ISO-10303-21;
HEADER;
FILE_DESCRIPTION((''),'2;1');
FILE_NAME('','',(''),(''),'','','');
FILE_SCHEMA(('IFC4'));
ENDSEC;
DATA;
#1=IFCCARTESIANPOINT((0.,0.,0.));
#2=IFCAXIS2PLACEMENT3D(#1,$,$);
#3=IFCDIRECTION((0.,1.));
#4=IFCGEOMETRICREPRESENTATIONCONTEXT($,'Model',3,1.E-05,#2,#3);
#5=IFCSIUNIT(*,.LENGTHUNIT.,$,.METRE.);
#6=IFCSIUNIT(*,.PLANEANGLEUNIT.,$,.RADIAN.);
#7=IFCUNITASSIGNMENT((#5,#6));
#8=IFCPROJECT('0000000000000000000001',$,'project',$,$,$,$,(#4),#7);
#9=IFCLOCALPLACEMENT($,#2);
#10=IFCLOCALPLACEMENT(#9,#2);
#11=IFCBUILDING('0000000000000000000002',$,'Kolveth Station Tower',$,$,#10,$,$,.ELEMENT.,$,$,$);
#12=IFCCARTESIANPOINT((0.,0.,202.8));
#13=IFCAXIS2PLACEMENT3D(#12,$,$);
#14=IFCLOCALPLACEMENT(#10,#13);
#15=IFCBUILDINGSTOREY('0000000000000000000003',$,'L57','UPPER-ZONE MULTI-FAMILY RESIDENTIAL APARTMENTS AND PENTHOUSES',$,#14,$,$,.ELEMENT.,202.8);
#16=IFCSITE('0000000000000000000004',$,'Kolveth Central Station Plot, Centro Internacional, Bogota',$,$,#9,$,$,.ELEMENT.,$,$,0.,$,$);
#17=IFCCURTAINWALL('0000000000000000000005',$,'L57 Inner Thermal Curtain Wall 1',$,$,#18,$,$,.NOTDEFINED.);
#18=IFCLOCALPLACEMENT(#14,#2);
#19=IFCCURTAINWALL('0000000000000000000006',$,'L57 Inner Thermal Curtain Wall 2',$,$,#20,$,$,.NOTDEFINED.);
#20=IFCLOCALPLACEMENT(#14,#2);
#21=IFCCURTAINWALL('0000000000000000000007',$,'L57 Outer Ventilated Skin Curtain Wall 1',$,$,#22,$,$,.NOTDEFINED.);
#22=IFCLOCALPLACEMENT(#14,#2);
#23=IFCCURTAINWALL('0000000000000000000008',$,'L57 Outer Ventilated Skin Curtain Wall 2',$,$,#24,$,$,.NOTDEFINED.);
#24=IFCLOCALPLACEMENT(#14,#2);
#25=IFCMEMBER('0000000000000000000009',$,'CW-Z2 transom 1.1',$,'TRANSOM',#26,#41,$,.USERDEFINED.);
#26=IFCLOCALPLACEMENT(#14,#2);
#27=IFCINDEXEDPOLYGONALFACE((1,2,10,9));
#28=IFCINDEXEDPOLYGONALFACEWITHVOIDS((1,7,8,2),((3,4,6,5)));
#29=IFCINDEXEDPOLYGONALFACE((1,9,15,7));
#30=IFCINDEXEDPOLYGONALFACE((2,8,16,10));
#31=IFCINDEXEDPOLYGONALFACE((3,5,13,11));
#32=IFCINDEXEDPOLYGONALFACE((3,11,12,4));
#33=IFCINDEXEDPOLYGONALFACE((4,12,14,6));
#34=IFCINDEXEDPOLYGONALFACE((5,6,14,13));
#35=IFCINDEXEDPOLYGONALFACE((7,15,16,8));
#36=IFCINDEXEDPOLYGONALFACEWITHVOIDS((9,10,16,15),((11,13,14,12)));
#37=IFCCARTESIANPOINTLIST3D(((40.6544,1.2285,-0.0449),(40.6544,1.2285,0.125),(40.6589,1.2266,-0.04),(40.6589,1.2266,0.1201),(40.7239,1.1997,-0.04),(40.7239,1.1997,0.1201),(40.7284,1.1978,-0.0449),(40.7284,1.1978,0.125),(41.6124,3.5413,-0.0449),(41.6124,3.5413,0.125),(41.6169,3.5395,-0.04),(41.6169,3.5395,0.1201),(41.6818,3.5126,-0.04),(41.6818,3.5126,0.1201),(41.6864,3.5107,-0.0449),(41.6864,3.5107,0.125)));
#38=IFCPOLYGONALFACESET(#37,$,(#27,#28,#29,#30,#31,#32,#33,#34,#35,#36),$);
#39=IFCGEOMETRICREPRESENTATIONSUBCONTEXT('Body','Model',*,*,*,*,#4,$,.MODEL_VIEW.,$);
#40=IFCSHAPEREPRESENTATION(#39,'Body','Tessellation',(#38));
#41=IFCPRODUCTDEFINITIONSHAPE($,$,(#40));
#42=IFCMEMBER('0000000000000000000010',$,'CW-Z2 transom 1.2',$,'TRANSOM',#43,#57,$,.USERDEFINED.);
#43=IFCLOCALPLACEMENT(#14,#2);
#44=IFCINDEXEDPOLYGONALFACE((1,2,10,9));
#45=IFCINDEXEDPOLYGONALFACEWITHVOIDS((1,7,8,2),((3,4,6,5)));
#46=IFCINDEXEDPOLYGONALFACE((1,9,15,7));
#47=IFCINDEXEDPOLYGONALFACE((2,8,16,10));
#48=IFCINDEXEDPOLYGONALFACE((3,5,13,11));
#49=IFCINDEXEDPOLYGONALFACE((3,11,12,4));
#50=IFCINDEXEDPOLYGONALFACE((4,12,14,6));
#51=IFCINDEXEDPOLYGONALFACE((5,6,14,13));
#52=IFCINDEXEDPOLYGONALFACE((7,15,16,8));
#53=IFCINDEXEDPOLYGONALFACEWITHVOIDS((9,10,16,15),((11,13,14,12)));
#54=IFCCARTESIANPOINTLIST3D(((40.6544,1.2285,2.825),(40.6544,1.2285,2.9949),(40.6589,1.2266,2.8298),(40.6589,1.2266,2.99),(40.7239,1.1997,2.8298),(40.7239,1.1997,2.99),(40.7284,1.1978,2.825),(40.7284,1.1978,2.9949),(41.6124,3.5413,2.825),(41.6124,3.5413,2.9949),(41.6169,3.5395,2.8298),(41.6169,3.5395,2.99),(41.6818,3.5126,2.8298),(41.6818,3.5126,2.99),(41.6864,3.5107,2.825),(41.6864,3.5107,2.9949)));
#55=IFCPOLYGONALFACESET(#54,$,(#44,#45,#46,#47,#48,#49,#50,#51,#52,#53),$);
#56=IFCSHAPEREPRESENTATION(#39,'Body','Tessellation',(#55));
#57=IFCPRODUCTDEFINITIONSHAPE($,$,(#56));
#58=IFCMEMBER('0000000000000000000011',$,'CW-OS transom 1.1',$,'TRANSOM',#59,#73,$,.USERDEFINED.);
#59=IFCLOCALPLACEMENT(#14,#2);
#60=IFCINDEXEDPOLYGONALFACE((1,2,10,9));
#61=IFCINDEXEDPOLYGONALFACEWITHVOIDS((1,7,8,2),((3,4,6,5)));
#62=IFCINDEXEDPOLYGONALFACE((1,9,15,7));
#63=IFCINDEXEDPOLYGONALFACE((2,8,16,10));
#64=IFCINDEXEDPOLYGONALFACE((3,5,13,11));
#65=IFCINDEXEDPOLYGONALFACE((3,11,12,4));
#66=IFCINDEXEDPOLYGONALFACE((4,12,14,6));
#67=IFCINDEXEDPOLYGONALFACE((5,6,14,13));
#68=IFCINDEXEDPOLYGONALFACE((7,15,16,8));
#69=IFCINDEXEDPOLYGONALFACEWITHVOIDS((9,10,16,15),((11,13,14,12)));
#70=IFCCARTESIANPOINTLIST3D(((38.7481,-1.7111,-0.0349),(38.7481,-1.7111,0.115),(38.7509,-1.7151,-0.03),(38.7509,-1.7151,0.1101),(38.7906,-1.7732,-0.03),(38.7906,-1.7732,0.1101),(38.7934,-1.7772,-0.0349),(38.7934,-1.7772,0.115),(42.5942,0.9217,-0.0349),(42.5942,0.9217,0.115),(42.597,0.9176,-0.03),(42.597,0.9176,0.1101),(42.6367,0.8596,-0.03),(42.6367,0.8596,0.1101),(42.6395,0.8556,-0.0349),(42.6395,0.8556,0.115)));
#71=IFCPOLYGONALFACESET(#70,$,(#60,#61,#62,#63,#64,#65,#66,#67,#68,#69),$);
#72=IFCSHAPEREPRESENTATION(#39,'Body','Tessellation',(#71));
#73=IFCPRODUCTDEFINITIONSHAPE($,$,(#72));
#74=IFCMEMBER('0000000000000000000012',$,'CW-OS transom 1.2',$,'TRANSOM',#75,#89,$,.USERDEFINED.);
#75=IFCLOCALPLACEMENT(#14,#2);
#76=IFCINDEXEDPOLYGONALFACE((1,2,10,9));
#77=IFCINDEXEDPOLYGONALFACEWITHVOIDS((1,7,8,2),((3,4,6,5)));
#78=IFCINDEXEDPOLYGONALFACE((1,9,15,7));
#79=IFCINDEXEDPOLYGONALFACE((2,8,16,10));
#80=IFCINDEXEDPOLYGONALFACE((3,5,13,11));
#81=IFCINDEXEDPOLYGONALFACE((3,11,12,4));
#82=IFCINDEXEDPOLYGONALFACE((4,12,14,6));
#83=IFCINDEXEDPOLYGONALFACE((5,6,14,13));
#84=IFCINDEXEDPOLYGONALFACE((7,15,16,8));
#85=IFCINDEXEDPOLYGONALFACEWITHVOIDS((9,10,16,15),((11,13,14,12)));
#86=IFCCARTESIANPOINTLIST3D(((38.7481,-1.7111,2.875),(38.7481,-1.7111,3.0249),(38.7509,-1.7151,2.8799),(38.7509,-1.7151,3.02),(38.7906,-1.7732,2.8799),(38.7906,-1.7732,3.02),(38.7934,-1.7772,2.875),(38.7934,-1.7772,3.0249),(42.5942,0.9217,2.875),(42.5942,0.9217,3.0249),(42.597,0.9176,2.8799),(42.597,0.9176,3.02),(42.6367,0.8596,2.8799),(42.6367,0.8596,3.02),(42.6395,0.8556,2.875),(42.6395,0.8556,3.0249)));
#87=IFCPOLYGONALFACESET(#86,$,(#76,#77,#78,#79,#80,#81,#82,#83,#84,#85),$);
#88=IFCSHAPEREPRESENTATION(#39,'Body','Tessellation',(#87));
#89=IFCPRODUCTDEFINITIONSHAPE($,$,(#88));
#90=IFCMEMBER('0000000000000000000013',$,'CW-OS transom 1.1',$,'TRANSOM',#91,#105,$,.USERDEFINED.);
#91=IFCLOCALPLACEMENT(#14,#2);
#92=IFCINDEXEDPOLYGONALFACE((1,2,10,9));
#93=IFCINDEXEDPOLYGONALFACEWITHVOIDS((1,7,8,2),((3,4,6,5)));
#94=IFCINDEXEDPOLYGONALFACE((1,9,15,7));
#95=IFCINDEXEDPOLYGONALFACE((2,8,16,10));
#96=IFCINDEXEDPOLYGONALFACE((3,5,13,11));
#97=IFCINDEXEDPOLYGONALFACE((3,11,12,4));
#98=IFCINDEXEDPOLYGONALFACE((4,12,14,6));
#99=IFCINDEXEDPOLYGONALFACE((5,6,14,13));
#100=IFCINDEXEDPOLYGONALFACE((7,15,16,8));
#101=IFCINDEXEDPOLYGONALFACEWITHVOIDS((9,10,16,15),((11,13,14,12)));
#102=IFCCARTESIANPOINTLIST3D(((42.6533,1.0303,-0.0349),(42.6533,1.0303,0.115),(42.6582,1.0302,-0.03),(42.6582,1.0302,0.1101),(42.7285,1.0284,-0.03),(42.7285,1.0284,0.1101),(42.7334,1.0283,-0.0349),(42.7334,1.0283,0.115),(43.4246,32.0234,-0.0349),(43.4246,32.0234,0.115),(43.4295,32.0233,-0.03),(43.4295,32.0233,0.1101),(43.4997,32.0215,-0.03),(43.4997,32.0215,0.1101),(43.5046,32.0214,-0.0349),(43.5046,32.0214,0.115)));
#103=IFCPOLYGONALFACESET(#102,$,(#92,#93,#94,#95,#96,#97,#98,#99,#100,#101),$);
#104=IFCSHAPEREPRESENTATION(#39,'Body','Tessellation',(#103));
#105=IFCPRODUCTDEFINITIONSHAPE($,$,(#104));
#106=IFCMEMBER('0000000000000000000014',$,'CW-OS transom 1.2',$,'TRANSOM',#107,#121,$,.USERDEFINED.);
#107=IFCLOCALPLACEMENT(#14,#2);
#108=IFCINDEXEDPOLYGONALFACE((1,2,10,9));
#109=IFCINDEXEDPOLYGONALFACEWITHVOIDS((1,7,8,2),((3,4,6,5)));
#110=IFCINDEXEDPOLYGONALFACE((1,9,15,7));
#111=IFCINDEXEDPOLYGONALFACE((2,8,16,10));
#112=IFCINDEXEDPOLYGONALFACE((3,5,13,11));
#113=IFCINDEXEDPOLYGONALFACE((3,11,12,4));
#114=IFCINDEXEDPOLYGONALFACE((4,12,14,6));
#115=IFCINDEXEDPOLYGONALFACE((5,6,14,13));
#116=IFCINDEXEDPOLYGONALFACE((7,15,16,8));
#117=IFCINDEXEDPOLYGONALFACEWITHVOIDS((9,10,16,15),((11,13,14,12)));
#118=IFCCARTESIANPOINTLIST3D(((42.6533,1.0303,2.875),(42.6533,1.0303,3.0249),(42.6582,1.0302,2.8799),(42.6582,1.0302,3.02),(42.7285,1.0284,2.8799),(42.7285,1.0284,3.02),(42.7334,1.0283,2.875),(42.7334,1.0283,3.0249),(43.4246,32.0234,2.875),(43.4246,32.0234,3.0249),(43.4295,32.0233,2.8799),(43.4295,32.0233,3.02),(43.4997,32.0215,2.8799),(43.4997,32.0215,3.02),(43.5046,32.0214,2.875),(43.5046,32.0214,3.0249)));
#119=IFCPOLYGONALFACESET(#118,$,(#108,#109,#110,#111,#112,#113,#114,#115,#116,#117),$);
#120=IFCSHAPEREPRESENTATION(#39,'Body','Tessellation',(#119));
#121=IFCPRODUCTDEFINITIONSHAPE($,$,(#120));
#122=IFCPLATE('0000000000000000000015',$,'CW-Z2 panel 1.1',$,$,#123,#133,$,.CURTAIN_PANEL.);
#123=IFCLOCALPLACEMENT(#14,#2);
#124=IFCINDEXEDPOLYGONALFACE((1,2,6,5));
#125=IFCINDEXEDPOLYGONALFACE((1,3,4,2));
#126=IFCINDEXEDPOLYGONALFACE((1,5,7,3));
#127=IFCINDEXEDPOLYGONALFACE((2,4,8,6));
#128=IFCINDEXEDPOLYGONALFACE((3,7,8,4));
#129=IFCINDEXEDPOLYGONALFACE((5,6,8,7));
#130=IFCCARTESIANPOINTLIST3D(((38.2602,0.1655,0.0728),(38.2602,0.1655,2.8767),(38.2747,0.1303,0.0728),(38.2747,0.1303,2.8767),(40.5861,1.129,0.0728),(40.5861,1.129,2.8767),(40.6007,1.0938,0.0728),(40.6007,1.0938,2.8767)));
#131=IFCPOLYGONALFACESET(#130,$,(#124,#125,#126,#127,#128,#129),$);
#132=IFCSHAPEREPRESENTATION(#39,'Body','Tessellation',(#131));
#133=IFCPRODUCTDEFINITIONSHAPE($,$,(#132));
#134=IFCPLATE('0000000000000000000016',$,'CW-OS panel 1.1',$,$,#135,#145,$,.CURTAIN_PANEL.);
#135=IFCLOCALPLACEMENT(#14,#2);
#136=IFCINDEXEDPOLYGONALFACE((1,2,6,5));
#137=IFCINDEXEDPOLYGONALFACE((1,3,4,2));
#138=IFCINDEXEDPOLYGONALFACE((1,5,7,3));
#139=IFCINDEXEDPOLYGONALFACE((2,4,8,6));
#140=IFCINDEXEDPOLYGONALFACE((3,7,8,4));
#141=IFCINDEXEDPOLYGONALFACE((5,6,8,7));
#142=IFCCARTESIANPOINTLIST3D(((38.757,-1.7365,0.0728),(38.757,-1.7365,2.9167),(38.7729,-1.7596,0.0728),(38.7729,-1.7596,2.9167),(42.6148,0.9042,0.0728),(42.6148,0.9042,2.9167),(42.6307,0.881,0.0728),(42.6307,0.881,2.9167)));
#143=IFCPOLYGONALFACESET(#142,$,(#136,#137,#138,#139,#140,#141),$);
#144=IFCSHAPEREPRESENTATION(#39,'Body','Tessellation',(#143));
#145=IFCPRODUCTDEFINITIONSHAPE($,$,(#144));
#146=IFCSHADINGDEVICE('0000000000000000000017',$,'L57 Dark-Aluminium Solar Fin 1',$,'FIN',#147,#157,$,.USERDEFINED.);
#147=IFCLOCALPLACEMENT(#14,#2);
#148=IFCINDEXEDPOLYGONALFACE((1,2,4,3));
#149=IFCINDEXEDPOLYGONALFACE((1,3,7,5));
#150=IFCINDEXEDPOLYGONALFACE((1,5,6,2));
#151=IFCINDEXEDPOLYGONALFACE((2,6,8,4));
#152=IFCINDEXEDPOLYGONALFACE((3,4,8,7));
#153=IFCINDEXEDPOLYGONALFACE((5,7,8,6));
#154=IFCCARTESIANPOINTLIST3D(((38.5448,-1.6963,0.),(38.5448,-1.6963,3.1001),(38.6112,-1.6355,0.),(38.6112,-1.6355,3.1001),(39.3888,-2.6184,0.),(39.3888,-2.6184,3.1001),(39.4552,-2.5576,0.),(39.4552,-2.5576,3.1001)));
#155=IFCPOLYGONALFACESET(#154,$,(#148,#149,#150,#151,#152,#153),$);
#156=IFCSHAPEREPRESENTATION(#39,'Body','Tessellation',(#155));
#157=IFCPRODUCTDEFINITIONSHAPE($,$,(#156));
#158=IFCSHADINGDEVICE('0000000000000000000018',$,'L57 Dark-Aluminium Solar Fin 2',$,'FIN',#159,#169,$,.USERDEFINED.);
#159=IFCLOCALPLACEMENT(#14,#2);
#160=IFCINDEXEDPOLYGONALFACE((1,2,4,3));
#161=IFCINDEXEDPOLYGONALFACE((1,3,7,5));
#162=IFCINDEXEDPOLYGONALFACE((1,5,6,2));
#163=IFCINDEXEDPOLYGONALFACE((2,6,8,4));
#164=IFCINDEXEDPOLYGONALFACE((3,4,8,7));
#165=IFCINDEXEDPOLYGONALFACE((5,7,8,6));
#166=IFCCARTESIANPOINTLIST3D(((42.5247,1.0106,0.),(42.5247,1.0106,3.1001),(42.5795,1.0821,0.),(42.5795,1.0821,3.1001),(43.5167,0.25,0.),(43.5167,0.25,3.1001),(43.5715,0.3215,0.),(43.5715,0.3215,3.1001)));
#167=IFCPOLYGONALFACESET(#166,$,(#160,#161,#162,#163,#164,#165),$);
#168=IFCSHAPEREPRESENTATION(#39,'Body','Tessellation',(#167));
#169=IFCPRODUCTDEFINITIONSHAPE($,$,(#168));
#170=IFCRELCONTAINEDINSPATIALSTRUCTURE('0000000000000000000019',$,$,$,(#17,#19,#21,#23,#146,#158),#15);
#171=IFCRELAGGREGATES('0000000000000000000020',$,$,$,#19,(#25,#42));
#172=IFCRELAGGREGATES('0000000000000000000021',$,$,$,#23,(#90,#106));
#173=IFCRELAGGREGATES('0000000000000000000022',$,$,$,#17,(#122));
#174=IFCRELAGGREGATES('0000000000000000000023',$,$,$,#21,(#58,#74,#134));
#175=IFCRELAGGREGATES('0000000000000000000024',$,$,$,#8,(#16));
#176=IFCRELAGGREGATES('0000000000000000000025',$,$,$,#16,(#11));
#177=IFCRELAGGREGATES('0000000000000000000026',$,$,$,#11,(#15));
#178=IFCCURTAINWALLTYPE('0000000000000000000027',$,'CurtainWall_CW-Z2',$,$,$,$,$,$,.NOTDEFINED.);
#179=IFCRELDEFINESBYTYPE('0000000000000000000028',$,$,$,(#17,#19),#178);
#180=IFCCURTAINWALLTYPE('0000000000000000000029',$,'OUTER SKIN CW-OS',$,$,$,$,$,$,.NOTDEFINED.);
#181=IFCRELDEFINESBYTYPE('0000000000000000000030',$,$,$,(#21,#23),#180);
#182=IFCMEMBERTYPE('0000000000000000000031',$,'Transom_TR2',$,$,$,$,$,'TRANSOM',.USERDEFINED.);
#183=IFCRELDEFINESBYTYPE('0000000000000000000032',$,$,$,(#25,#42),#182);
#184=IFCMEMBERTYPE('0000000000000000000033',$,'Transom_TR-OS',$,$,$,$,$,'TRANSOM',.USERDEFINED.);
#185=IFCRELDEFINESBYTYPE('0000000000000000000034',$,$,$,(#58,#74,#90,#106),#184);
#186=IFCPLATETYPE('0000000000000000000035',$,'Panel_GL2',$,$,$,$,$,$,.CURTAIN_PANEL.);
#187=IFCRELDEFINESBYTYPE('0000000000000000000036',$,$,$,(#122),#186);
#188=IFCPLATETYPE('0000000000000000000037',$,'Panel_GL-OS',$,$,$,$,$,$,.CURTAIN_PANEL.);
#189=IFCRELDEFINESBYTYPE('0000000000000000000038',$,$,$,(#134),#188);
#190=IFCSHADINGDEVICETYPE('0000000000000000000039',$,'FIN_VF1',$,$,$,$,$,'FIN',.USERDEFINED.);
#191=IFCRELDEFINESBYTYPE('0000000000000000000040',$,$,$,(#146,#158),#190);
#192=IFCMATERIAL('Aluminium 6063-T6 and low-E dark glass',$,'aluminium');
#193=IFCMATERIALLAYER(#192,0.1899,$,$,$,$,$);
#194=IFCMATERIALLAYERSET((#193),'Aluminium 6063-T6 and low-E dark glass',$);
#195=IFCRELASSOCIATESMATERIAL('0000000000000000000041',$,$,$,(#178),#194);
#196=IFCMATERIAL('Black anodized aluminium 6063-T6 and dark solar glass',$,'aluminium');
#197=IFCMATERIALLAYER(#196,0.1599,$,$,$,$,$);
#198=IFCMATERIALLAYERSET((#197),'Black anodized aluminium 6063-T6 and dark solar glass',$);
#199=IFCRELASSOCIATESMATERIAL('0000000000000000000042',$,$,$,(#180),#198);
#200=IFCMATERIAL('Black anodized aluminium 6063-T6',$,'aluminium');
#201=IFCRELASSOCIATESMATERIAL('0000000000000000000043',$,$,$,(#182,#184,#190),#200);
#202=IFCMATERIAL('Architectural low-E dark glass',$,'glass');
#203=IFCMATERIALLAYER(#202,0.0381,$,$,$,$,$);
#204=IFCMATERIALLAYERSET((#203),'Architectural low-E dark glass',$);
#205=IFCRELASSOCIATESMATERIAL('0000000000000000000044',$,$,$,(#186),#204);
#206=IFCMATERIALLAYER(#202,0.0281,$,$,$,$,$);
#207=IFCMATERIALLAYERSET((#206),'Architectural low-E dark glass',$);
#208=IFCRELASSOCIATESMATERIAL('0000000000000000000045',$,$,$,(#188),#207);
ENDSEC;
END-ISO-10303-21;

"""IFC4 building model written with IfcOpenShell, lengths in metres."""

from ifc_helpers import new_model, si_unit, direction, frame, origin, origin_2d, place, context, subcontext, project, spatial, rectangle, hollow_rectangle, extrude, source, transform, mapped, material, layer, layer_set, material_profile, profile_set, type_object, element, aggregate, save


model = new_model("IFC4")

# Units and contexts
model_context = context("Model", 3, precision=1e-05, world=origin(), true_north=direction((0.0, 1.0)))
body_context = subcontext(model_context, "Body", "Model", "MODEL_VIEW")
ifc_project = project(units=[si_unit("LENGTHUNIT", "METRE"), si_unit("PLANEANGLEUNIT", "RADIAN")], contexts=[model_context])

# Site, building, storey
site_placement = place(None, origin())
site = spatial("IfcSite", under=ifc_project, at=site_placement, Name="Kolveth Central Station Plot, Centro Internacional, Bogota", CompositionType="ELEMENT", RefElevation=0.0)
building_placement = place(site_placement, origin())
building = spatial("IfcBuilding", under=site, at=building_placement, Name="Kolveth Station Tower", CompositionType="ELEMENT")
storey_placement = place(building_placement, frame((0.0, 0.0, 202.8)))
storey = spatial("IfcBuildingStorey", under=building, at=storey_placement, Name="L57", Description="UPPER-ZONE MULTI-FAMILY RESIDENTIAL APARTMENTS AND PENTHOUSES", CompositionType="ELEMENT", Elevation=202.8)

# Curtain wall
ifc_material_1 = material(Name="Aluminium 6063-T6 and low-E dark glass", Category="aluminium")
ifc_layer_1 = layer(ifc_material_1, 0.1899)
ifc_layer_set_1 = layer_set([ifc_layer_1], Name="Aluminium 6063-T6 and low-E dark glass")
curtain_wall_type_1 = type_object("IfcCurtainWallType", Name="CurtainWall_CW-Z2", PredefinedType="NOTDEFINED", material=ifc_layer_set_1)
curtain_wall_1_placement = place(storey_placement, origin())
curtain_wall_1 = element("IfcCurtainWall", 1, at=curtain_wall_1_placement, inside=storey, type_object=curtain_wall_type_1, Name="L57 Inner Thermal Curtain Wall 1", PredefinedType="NOTDEFINED")
ifc_material_2 = material(Name="Black anodized aluminium 6063-T6", Category="aluminium")

# Curtain wall
curtain_wall_2_placement = place(storey_placement, origin())
curtain_wall_2 = element("IfcCurtainWall", 2, at=curtain_wall_2_placement, inside=storey, type_object=curtain_wall_type_1, Name="L57 Inner Thermal Curtain Wall 2", PredefinedType="NOTDEFINED")

# Curtain wall
ifc_material_3 = material(Name="Black anodized aluminium 6063-T6 and dark solar glass", Category="aluminium")
ifc_layer_2 = layer(ifc_material_3, 0.1599)
ifc_layer_set_2 = layer_set([ifc_layer_2], Name="Black anodized aluminium 6063-T6 and dark solar glass")
curtain_wall_type_2 = type_object("IfcCurtainWallType", Name="OUTER SKIN CW-OS", PredefinedType="NOTDEFINED", material=ifc_layer_set_2)
curtain_wall_3_placement = place(storey_placement, origin())
curtain_wall_3 = element("IfcCurtainWall", 3, at=curtain_wall_3_placement, inside=storey, type_object=curtain_wall_type_2, Name="L57 Outer Ventilated Skin Curtain Wall 1", PredefinedType="NOTDEFINED")

# Curtain wall
curtain_wall_4_placement = place(storey_placement, origin())
curtain_wall_4 = element("IfcCurtainWall", 4, at=curtain_wall_4_placement, inside=storey, type_object=curtain_wall_type_2, Name="L57 Outer Ventilated Skin Curtain Wall 2", PredefinedType="NOTDEFINED")

# Members
ifc_material_profile_1 = material_profile(ifc_material_2, hollow_rectangle(XDim=0.0801, YDim=0.1699, WallThickness=0.0049, at=origin_2d()), Name="ALU-80x170x5")
ifc_profile_set_1 = profile_set([ifc_material_profile_1], Name="Black anodized aluminium 6063-T6")
member_type_1 = type_object("IfcMemberType", Name="Transom_TR2", ElementType="TRANSOM", PredefinedType="USERDEFINED", material=ifc_profile_set_1)
shared_shape_1 = source(origin(), body_context, "Body", "SweptSolid", [
    extrude(hollow_rectangle(XDim=0.0801, YDim=0.1699, WallThickness=0.0049, at=origin_2d()), origin(), (0.0, 0.0, 1.0), 2.5034),
])
member_1_placement = place(storey_placement, frame((40.6914, 1.2131, 0.04), z_axis=(0.382662, 0.923888, 0.0), x_axis=(-0.923888, 0.382662, 0.0)))
member_1 = element("IfcMember", 5, at=member_1_placement, type_object=member_type_1, Name="CW-Z2 transom 1.1", ObjectType="TRANSOM", PredefinedType="USERDEFINED", context=body_context, shape_type="MappedRepresentation", body=[
    mapped(shared_shape_1, transform((0.0, 0.0, 0.0), x_axis=(1.0, 0.0, 0.0), y_axis=(0.0, 1.0, 0.0), z_axis=(0.0, 0.0, 1.0), scale=1.0)),
])
member_2_placement = place(storey_placement, frame((40.6914, 1.2131, 2.9099), z_axis=(0.382662, 0.923888, 0.0), x_axis=(-0.923888, 0.382662, 0.0)))
member_2 = element("IfcMember", 6, at=member_2_placement, type_object=member_type_1, Name="CW-Z2 transom 1.2", ObjectType="TRANSOM", PredefinedType="USERDEFINED", context=body_context, shape_type="MappedRepresentation", body=[
    mapped(shared_shape_1, transform((0.0, 0.0, 0.0), x_axis=(1.0, 0.0, 0.0), y_axis=(0.0, 1.0, 0.0), z_axis=(0.0, 0.0, 1.0), scale=1.0)),
])
aggregate(curtain_wall_2, [member_1, member_2])
ifc_material_profile_2 = material_profile(ifc_material_2, hollow_rectangle(XDim=0.0801, YDim=0.1499, WallThickness=0.0049, at=origin_2d()), Name="ALU-80x150x5")
ifc_profile_set_2 = profile_set([ifc_material_profile_2], Name="Black anodized aluminium 6063-T6")
member_type_2 = type_object("IfcMemberType", Name="Transom_TR-OS", ElementType="TRANSOM", PredefinedType="USERDEFINED", material=ifc_profile_set_2)
shared_shape_2 = source(origin(), body_context, "Body", "SweptSolid", [
    extrude(hollow_rectangle(XDim=0.0801, YDim=0.1499, WallThickness=0.0049, at=origin_2d()), origin(), (0.0, 0.0, 1.0), 4.6609),
])
member_3_placement = place(storey_placement, frame((38.7708, -1.7441, 0.04), z_axis=(0.825186, 0.56486, 0.0), x_axis=(-0.56486, 0.825186, 0.0)))
member_3 = element("IfcMember", 7, at=member_3_placement, type_object=member_type_2, Name="CW-OS transom 1.1", ObjectType="TRANSOM", PredefinedType="USERDEFINED", context=body_context, shape_type="MappedRepresentation", body=[
    mapped(shared_shape_2, transform((0.0, 0.0, 0.0), x_axis=(1.0, 0.0, 0.0), y_axis=(0.0, 1.0, 0.0), z_axis=(0.0, 0.0, 1.0), scale=1.0)),
])
member_4_placement = place(storey_placement, frame((38.7708, -1.7441, 2.95), z_axis=(0.825186, 0.56486, 0.0), x_axis=(-0.56486, 0.825186, 0.0)))
member_4 = element("IfcMember", 8, at=member_4_placement, type_object=member_type_2, Name="CW-OS transom 1.2", ObjectType="TRANSOM", PredefinedType="USERDEFINED", context=body_context, shape_type="MappedRepresentation", body=[
    mapped(shared_shape_2, transform((0.0, 0.0, 0.0), x_axis=(1.0, 0.0, 0.0), y_axis=(0.0, 1.0, 0.0), z_axis=(0.0, 0.0, 1.0), scale=1.0)),
])
shared_shape_3 = source(origin(), body_context, "Body", "SweptSolid", [
    extrude(hollow_rectangle(XDim=0.0801, YDim=0.1499, WallThickness=0.0049, at=origin_2d()), origin(), (0.0, 0.0, 1.0), 31.0027),
])
member_5_placement = place(storey_placement, frame((42.6934, 1.0293, 0.04), z_axis=(0.024877, 0.999691, 0.0), x_axis=(-0.999691, 0.024877, 0.0)))
member_5 = element("IfcMember", 9, at=member_5_placement, type_object=member_type_2, Name="CW-OS transom 1.1", ObjectType="TRANSOM", PredefinedType="USERDEFINED", context=body_context, shape_type="MappedRepresentation", body=[
    mapped(shared_shape_3, transform((0.0, 0.0, 0.0), x_axis=(1.0, 0.0, 0.0), y_axis=(0.0, 1.0, 0.0), z_axis=(0.0, 0.0, 1.0), scale=1.0)),
])
member_6_placement = place(storey_placement, frame((42.6934, 1.0293, 2.95), z_axis=(0.024877, 0.999691, 0.0), x_axis=(-0.999691, 0.024877, 0.0)))
member_6 = element("IfcMember", 10, at=member_6_placement, type_object=member_type_2, Name="CW-OS transom 1.2", ObjectType="TRANSOM", PredefinedType="USERDEFINED", context=body_context, shape_type="MappedRepresentation", body=[
    mapped(shared_shape_3, transform((0.0, 0.0, 0.0), x_axis=(1.0, 0.0, 0.0), y_axis=(0.0, 1.0, 0.0), z_axis=(0.0, 0.0, 1.0), scale=1.0)),
])
aggregate(curtain_wall_4, [member_5, member_6])

# Plates
ifc_material_4 = material(Name="Architectural low-E dark glass", Category="glass")
ifc_layer_3 = layer(ifc_material_4, 0.0381)
ifc_layer_set_3 = layer_set([ifc_layer_3], Name="Architectural low-E dark glass")
plate_type_1 = type_object("IfcPlateType", Name="Panel_GL2", PredefinedType="CURTAIN_PANEL", material=ifc_layer_set_3)
shared_shape_4 = source(origin(), body_context, "Body", "SweptSolid", [
    extrude(rectangle(XDim=2.5176, YDim=0.0381, at=origin_2d()), origin(), (0.0, 0.0, 1.0), 2.804),
])
plate_1_placement = place(storey_placement, frame((39.4304, 0.6296, 0.0728), z_axis=(0.0, 0.0, 1.0), x_axis=(0.923874, 0.382698, 0.0)))
plate_1 = element("IfcPlate", 11, at=plate_1_placement, type_object=plate_type_1, Name="CW-Z2 panel 1.1", PredefinedType="CURTAIN_PANEL", context=body_context, shape_type="MappedRepresentation", body=[
    mapped(shared_shape_4, transform((0.0, 0.0, 0.0), x_axis=(1.0, 0.0, 0.0), y_axis=(0.0, 1.0, 0.0), z_axis=(0.0, 0.0, 1.0), scale=1.0)),
])
aggregate(curtain_wall_1, [plate_1])
ifc_layer_4 = layer(ifc_material_4, 0.0281)
ifc_layer_set_4 = layer_set([ifc_layer_4], Name="Architectural low-E dark glass")
plate_type_2 = type_object("IfcPlateType", Name="Panel_GL-OS", PredefinedType="CURTAIN_PANEL", material=ifc_layer_set_4)
shared_shape_5 = source(origin(), body_context, "Body", "SweptSolid", [
    extrude(rectangle(XDim=4.675, YDim=0.0281, at=origin_2d()), origin(), (0.0, 0.0, 1.0), 2.844),
])
plate_2_placement = place(storey_placement, frame((40.6938, -0.4277, 0.0728), z_axis=(0.0, 0.0, 1.0), x_axis=(0.8252, 0.564841, 0.0)))
plate_2 = element("IfcPlate", 12, at=plate_2_placement, type_object=plate_type_2, Name="CW-OS panel 1.1", PredefinedType="CURTAIN_PANEL", context=body_context, shape_type="MappedRepresentation", body=[
    mapped(shared_shape_5, transform((0.0, 0.0, 0.0), x_axis=(1.0, 0.0, 0.0), y_axis=(0.0, 1.0, 0.0), z_axis=(0.0, 0.0, 1.0), scale=1.0)),
])
aggregate(curtain_wall_3, [member_3, member_4, plate_2])

# Shading devices
shading_device_type = type_object("IfcShadingDeviceType", Name="FIN_VF1", ElementType="FIN", PredefinedType="USERDEFINED", material=ifc_material_2)
shared_shape_6 = source(origin(), body_context, "Body", "SweptSolid", [
    extrude(rectangle(XDim=1.25, YDim=0.0901, at=origin_2d()), origin(), (0.0, 0.0, 1.0), 3.1001),
])
for number, where, z_axis, x_axis, name in (
    (13, (39.0, -2.127, 0.0), (0.0, 0.0, 1.0), (0.675204, -0.737631, 0.0), "L57 Dark-Aluminium Solar Fin 1"),
    (14, (43.0481, 0.666, 0.0), (0.0, 0.0, 1.0), (0.793566, -0.608484, 0.0), "L57 Dark-Aluminium Solar Fin 2"),
):
    element("IfcShadingDevice", number, at=place(storey_placement, frame(where, z_axis=z_axis, x_axis=x_axis)), inside=storey, type_object=shading_device_type, Name=name, ObjectType="FIN", PredefinedType="USERDEFINED", context=body_context, shape_type="MappedRepresentation", body=[
        mapped(shared_shape_6, transform((0.0, 0.0, 0.0), x_axis=(1.0, 0.0, 0.0), y_axis=(0.0, 1.0, 0.0), z_axis=(0.0, 0.0, 1.0), scale=1.0)),
    ])

save(model, "model.ifc")
